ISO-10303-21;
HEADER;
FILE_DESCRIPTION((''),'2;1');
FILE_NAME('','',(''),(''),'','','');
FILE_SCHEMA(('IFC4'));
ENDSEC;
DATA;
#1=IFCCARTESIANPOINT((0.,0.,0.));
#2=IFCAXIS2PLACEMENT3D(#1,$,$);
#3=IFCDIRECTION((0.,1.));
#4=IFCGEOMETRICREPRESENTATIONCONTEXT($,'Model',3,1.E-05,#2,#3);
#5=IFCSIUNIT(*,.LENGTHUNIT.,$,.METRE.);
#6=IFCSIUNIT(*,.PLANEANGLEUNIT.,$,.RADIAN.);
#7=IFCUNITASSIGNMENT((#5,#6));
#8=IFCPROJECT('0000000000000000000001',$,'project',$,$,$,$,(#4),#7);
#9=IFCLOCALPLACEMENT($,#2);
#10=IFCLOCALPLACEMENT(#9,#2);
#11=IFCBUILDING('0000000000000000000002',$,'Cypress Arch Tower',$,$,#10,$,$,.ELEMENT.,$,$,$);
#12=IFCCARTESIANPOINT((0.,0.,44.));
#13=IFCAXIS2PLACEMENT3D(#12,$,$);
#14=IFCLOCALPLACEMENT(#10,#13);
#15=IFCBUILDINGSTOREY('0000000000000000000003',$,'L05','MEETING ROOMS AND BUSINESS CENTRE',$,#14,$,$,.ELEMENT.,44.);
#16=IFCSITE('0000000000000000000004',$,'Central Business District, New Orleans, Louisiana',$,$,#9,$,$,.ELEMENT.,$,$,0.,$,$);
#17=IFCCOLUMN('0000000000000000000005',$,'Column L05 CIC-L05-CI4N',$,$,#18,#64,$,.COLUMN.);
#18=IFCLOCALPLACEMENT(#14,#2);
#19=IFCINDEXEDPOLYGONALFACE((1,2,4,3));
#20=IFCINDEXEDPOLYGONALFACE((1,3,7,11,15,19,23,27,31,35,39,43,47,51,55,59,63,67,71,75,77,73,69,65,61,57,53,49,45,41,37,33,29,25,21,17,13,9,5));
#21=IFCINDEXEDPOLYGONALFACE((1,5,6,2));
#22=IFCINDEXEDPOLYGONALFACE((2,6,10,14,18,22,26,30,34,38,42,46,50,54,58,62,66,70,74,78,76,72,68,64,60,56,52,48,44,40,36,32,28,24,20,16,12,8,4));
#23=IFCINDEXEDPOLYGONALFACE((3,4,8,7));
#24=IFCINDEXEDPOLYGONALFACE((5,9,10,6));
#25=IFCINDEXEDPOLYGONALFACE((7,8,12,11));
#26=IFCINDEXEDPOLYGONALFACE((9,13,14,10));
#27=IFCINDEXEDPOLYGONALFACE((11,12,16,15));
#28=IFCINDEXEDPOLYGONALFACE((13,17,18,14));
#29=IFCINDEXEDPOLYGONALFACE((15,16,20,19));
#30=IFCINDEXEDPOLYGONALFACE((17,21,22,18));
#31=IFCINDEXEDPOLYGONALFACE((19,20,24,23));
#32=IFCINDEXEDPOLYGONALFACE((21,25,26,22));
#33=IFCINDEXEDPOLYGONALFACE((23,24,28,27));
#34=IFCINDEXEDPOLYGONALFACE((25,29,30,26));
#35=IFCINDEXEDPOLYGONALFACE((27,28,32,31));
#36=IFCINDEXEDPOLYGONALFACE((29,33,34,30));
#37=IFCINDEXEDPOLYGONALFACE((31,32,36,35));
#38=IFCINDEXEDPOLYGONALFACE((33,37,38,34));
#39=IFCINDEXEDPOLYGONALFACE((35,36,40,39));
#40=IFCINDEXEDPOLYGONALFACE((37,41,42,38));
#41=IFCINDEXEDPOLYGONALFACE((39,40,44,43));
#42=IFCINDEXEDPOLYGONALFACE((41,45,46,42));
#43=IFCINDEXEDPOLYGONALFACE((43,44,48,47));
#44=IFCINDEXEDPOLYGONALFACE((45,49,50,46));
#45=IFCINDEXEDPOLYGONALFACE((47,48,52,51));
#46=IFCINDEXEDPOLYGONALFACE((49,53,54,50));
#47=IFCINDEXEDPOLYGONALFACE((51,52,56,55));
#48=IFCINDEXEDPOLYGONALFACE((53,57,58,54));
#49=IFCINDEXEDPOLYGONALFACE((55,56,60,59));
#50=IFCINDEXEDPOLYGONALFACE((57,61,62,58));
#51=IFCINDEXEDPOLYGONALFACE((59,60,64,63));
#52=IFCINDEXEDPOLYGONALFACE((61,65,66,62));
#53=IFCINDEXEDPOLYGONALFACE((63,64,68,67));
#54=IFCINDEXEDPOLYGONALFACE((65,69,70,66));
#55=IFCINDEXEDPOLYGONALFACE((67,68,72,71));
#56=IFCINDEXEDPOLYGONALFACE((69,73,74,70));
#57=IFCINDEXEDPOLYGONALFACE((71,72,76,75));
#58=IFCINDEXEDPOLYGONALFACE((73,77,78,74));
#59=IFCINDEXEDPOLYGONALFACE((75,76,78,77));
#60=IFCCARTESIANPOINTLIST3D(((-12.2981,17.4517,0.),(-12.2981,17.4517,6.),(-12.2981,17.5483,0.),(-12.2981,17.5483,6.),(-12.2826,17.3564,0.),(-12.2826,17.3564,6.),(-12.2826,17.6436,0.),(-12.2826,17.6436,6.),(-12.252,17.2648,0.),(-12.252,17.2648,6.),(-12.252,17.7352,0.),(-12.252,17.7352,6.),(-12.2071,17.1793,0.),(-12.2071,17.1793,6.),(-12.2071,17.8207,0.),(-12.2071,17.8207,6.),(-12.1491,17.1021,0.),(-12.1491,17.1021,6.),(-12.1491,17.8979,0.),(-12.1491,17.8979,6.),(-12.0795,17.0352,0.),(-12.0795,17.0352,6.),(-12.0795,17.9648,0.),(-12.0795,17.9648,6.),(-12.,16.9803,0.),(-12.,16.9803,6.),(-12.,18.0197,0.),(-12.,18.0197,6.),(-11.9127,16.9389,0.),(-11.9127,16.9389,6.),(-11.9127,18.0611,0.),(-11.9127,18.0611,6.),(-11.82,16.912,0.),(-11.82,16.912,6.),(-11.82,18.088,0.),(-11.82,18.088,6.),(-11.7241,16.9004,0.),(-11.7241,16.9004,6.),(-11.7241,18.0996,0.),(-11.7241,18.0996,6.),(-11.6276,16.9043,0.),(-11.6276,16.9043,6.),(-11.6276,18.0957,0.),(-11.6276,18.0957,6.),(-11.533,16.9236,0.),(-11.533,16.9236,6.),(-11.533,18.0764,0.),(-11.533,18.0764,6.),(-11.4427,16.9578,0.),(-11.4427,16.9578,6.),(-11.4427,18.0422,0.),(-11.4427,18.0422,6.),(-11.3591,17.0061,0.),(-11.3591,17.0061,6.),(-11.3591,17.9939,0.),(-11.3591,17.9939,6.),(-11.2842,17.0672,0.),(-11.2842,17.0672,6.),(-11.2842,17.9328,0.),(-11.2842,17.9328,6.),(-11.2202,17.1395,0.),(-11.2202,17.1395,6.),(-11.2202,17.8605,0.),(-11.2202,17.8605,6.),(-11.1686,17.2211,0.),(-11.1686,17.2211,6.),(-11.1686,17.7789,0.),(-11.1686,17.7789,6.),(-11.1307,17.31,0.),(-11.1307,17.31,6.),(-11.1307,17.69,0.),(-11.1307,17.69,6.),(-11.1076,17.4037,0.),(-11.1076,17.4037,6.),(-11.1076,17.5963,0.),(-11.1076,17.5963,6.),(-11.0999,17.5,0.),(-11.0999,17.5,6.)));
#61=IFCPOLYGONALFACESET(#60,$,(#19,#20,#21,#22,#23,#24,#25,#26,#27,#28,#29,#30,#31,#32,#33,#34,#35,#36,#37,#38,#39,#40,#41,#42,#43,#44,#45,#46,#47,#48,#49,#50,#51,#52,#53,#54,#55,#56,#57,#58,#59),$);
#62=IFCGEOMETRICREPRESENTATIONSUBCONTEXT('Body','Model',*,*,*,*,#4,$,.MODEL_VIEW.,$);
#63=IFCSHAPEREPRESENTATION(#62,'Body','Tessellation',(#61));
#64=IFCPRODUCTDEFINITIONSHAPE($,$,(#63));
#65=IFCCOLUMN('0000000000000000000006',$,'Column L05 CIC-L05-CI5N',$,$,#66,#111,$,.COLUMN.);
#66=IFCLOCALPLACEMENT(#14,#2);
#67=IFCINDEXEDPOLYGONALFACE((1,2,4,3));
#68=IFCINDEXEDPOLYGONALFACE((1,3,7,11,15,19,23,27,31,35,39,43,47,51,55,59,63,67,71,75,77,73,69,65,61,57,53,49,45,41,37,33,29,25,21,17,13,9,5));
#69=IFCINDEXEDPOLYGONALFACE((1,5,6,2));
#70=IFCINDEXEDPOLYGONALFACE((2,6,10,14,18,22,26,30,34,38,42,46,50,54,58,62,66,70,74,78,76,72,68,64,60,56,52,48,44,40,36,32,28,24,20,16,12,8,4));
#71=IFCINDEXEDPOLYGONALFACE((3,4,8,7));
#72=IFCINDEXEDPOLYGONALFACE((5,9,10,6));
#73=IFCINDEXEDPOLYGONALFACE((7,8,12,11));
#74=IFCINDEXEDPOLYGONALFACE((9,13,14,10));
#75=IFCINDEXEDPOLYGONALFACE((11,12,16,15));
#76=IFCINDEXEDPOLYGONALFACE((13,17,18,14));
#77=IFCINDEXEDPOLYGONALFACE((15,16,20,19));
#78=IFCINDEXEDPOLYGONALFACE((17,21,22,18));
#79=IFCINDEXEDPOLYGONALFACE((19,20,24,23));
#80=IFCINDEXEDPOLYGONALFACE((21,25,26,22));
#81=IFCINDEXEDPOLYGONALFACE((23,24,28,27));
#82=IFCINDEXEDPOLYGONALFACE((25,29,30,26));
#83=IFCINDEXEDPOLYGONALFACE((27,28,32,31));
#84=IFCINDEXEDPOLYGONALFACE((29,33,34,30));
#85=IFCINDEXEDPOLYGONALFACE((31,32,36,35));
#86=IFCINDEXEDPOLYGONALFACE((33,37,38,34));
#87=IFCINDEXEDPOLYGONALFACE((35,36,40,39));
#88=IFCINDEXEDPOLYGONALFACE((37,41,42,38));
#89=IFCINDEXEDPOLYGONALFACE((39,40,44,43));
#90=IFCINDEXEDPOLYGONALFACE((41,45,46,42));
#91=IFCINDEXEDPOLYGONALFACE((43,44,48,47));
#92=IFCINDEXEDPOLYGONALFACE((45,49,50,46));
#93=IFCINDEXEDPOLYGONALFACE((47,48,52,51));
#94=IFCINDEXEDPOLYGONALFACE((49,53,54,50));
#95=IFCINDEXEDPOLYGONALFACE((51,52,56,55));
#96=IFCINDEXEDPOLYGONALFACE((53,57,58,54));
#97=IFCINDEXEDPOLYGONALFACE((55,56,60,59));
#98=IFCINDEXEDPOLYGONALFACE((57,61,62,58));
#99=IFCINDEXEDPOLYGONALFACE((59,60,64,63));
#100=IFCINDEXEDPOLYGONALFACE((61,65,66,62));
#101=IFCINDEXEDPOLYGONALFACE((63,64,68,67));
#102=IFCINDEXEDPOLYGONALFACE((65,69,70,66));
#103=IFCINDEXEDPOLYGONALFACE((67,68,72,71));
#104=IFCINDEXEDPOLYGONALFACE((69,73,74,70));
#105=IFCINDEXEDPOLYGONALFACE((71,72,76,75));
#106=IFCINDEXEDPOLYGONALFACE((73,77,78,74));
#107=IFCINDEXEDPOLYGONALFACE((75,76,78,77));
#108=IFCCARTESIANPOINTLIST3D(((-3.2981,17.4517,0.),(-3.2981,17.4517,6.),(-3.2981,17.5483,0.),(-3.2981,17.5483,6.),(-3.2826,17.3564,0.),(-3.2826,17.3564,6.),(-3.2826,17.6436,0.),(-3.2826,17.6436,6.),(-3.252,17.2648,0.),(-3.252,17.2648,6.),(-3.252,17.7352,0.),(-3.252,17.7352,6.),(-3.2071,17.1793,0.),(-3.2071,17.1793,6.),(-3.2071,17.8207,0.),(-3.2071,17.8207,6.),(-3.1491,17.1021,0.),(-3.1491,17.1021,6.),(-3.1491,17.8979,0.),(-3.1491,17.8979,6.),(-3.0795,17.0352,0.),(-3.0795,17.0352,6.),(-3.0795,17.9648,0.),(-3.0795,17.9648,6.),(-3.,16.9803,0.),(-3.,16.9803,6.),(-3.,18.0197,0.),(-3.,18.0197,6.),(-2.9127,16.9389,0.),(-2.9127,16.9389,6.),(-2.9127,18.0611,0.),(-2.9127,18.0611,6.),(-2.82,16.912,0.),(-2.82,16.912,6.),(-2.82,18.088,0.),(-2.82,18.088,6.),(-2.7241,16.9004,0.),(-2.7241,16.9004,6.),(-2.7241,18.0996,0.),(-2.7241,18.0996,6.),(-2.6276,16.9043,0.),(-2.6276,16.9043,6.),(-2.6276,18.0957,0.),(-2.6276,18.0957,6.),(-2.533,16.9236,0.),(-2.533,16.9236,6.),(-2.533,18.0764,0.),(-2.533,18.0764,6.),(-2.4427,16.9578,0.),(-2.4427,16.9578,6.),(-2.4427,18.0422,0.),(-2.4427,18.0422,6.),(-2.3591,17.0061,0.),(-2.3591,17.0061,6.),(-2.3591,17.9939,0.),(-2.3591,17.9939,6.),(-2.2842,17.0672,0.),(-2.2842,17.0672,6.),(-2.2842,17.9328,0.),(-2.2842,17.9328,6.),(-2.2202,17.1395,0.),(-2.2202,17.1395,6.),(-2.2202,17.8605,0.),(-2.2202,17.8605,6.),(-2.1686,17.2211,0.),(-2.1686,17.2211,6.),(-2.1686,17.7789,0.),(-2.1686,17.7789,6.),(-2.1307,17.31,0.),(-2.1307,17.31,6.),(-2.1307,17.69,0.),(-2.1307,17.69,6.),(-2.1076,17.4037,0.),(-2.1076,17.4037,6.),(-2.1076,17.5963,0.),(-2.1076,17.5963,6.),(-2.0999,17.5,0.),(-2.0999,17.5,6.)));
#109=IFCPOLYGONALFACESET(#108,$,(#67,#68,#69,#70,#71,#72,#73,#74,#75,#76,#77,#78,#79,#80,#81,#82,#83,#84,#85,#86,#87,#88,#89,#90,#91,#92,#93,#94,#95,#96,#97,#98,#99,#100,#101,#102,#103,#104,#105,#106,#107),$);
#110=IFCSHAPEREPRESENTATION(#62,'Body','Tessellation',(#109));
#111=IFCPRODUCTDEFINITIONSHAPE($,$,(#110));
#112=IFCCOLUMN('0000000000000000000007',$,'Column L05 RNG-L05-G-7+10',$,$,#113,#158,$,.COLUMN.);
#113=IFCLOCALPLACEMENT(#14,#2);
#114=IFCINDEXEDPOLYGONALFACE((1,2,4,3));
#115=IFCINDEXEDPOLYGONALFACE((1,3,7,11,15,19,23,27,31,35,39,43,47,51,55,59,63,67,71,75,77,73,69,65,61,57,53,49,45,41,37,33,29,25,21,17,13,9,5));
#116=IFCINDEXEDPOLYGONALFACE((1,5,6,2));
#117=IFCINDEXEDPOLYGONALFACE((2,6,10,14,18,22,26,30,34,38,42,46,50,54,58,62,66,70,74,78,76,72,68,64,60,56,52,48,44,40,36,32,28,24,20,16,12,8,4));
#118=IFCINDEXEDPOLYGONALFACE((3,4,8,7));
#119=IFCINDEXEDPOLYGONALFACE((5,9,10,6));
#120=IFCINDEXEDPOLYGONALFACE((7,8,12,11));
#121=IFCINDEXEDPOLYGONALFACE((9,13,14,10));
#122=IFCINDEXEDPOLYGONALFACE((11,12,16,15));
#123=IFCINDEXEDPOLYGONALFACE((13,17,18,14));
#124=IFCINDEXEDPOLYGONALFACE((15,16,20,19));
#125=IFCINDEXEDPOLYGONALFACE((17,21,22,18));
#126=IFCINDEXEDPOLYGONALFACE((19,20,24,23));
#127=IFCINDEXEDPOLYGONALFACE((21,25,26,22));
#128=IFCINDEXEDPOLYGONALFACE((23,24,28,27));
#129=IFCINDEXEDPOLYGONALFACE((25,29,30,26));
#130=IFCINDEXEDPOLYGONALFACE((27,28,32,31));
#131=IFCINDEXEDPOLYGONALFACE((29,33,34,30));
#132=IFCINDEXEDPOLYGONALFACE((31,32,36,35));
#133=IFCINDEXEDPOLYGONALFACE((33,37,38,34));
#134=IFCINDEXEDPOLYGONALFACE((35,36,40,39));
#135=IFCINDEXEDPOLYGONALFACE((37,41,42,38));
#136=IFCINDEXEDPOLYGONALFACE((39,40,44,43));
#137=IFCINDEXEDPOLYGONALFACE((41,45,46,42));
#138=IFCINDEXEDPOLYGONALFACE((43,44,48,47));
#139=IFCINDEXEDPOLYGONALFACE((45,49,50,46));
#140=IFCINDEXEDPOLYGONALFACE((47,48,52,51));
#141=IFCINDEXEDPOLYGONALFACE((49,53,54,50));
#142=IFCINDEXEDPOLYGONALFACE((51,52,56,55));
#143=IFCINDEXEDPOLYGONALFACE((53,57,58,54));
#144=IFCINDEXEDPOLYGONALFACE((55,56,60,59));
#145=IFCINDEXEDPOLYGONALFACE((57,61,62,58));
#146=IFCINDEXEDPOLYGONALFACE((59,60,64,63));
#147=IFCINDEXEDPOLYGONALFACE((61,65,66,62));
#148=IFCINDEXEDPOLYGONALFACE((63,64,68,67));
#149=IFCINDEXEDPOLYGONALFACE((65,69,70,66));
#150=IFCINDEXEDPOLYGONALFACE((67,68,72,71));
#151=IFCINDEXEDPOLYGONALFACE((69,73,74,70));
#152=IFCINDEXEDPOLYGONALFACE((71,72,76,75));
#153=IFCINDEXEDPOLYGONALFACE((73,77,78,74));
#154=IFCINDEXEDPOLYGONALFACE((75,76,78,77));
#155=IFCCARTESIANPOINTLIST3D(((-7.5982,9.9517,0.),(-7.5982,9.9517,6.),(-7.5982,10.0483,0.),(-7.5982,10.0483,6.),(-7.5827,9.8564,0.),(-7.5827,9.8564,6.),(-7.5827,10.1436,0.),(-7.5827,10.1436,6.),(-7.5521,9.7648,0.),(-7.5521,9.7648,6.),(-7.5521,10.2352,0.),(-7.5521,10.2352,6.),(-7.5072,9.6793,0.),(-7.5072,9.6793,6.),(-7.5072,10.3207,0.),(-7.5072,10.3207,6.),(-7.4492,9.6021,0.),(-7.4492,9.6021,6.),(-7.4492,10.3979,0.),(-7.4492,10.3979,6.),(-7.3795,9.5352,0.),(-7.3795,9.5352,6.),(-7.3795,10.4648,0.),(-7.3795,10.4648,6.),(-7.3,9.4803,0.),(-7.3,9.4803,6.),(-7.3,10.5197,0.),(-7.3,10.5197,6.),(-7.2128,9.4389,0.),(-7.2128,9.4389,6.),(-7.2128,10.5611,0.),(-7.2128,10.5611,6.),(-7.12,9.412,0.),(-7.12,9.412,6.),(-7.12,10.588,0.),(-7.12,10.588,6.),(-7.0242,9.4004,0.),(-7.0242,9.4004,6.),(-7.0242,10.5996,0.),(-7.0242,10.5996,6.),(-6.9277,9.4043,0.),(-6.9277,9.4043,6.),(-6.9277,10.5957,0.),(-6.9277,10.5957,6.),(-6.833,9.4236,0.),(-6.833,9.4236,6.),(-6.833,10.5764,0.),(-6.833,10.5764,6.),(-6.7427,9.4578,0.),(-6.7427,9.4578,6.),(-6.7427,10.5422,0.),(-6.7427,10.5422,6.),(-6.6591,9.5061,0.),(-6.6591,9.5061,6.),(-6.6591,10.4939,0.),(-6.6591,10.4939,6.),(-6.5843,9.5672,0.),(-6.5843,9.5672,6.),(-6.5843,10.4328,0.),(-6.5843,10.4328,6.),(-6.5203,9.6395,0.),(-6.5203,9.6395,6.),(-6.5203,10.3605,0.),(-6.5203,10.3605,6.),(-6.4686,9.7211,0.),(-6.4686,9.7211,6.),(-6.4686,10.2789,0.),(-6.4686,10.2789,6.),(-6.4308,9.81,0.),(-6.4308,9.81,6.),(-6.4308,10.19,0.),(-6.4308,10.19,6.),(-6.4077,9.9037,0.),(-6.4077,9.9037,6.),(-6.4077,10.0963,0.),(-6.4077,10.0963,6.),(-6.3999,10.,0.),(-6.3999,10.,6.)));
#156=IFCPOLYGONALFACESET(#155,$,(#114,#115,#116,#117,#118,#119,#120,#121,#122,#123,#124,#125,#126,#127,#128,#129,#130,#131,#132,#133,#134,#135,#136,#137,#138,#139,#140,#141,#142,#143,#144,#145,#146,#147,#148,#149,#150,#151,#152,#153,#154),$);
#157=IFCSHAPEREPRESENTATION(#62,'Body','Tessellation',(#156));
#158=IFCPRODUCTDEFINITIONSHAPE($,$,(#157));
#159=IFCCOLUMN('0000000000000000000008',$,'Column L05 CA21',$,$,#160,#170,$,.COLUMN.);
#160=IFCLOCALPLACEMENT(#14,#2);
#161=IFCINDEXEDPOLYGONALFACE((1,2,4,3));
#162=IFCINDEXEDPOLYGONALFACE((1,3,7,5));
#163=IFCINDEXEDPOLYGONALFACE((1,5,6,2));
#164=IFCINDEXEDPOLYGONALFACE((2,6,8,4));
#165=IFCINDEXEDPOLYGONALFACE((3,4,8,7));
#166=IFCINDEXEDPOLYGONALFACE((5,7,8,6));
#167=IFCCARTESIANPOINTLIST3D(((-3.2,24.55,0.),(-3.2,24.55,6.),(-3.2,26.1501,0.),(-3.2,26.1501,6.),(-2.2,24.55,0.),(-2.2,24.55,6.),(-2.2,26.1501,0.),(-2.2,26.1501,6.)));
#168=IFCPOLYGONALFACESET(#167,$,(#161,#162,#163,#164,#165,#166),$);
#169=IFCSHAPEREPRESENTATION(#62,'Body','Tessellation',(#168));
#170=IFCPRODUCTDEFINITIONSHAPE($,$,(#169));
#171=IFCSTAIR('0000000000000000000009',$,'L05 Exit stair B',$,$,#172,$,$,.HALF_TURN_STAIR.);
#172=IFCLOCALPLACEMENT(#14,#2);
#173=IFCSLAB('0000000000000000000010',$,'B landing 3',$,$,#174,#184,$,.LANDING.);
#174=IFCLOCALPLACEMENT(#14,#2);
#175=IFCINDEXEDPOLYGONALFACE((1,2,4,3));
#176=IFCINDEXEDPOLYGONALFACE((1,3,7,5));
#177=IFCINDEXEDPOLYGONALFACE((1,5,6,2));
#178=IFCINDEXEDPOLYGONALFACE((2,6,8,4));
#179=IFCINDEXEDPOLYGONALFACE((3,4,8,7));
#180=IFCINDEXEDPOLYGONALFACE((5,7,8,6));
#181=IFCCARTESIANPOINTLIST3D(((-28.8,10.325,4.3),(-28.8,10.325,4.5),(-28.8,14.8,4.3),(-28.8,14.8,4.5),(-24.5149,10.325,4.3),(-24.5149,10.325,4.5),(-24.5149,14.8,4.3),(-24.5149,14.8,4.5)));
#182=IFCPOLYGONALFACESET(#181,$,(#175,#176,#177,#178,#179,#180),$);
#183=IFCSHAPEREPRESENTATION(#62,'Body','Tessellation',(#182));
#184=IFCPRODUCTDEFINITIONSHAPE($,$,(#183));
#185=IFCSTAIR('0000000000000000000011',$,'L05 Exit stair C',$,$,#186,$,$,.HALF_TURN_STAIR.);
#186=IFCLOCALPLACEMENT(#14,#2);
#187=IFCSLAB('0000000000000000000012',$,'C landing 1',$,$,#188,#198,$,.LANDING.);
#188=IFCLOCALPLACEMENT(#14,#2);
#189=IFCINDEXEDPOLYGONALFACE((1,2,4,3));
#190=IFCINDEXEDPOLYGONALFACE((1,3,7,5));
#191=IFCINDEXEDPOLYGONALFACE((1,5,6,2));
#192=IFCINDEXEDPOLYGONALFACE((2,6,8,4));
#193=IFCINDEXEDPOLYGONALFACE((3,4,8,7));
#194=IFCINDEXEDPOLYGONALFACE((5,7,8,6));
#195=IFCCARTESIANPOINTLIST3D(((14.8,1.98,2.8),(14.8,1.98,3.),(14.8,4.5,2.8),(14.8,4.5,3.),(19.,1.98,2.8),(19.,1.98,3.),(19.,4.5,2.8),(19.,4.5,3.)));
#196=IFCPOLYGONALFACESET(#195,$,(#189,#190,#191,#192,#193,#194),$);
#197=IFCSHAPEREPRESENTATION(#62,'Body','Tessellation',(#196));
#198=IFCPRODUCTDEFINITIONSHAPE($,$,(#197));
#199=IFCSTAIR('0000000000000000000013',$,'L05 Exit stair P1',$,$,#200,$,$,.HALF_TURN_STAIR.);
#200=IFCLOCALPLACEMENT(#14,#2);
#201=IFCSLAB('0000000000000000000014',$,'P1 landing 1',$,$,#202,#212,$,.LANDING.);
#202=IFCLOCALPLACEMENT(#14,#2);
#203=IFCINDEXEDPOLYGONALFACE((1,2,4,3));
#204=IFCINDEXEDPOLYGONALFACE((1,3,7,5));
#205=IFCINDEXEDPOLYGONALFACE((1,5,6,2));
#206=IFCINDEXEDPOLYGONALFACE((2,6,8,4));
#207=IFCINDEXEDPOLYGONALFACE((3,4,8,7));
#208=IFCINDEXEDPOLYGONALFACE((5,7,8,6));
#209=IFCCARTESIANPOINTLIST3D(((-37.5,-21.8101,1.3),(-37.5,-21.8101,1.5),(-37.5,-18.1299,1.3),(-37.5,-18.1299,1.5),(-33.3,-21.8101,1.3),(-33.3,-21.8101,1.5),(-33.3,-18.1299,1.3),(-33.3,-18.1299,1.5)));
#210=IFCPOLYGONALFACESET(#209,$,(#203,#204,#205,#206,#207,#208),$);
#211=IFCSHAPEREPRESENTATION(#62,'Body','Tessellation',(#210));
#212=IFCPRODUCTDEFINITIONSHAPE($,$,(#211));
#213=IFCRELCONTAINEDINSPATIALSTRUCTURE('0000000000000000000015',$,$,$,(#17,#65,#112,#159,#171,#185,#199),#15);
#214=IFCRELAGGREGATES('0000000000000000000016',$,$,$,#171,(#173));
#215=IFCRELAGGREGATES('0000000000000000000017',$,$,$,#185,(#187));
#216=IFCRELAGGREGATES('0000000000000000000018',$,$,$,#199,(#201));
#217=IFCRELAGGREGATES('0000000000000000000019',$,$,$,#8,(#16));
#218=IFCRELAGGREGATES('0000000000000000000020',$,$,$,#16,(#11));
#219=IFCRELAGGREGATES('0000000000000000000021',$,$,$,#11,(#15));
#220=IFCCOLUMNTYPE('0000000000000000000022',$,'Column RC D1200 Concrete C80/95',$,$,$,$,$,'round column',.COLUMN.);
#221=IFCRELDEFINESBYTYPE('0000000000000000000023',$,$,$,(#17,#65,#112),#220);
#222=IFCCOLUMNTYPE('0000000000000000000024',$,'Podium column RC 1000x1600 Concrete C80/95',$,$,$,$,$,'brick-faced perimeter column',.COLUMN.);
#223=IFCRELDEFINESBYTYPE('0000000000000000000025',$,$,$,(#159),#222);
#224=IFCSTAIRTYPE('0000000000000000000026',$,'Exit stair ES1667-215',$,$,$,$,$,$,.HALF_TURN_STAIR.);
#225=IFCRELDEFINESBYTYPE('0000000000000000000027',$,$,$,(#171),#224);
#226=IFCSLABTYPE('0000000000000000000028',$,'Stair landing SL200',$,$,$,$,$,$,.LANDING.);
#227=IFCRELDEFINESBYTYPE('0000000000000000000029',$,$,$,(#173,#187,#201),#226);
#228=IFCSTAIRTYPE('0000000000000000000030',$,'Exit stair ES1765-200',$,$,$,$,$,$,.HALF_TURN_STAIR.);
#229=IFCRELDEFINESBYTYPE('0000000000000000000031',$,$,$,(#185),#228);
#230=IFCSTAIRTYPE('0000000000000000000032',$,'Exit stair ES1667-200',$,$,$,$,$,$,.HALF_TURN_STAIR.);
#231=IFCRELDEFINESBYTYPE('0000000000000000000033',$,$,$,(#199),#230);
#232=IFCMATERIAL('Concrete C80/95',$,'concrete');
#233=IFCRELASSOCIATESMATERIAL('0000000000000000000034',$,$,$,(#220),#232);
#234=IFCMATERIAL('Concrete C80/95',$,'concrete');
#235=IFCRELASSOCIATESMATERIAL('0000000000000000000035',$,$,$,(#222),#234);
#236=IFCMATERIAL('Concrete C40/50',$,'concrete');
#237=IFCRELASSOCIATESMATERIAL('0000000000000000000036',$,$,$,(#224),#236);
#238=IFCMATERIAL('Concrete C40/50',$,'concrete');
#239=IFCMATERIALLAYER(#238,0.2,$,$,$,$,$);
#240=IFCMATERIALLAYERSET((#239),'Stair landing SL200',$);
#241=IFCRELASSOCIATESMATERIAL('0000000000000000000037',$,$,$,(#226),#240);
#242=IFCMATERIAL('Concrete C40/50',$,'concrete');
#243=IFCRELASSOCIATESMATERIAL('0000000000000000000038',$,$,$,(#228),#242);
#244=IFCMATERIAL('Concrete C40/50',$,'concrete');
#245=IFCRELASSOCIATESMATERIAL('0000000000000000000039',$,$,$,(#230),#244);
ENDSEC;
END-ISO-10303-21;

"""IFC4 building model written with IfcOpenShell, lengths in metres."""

from ifc_helpers import new_model, si_unit, direction, frame, origin, origin_2d, place, context, subcontext, project, spatial, polyline, rectangle, circle, outline, extrude, material, layer, layer_set, material_profile, profile_set, type_object, element, aggregate, save


model = new_model("IFC4")

# Units and contexts
model_context = context("Model", 3, precision=1e-05, world=origin(), true_north=direction((0.0, 1.0)))
body_context = subcontext(model_context, "Body", "Model", "MODEL_VIEW")
ifc_project = project(units=[si_unit("LENGTHUNIT", "METRE"), si_unit("PLANEANGLEUNIT", "RADIAN")], contexts=[model_context])

# Site, building, storey
site_placement = place(None, origin())
site = spatial("IfcSite", under=ifc_project, at=site_placement, Name="Central Business District, New Orleans, Louisiana", CompositionType="ELEMENT", RefElevation=0.0)
building_placement = place(site_placement, origin())
building = spatial("IfcBuilding", under=site, at=building_placement, Name="Cypress Arch Tower", CompositionType="ELEMENT")
storey_placement = place(building_placement, frame((0.0, 0.0, 44.0)))
storey = spatial("IfcBuildingStorey", under=building, at=storey_placement, Name="L05", Description="MEETING ROOMS AND BUSINESS CENTRE", CompositionType="ELEMENT", Elevation=44.0)

# Columns
ifc_material_1 = material(Name="Concrete C80/95", Category="concrete")
ifc_material_profile_1 = material_profile(ifc_material_1, circle(Radius=0.6001, at=origin_2d()), Name="RC D1200")
ifc_profile_set_1 = profile_set([ifc_material_profile_1], Name="Concrete C80/95")
column_type_1 = type_object("IfcColumnType", Name="Column RC D1200 Concrete C80/95", ElementType="round column", PredefinedType="COLUMN", material=ifc_profile_set_1)
for number, where, z_axis, x_axis, name in (
    (1, (-11.7, 17.5, 0.0), (0.0, 0.0, 1.0), (1.0, 0.0, 0.0), "Column L05 CIC-L05-CI4N"),
    (2, (-2.7, 17.5, 0.0), (0.0, 0.0, 1.0), (1.0, 0.0, 0.0), "Column L05 CIC-L05-CI5N"),
    (3, (-7.0, 10.0, 0.0), (0.0, 0.0, 1.0), (1.0, 0.0, 0.0), "Column L05 RNG-L05-G-7+10"),
):
    element("IfcColumn", number, at=place(storey_placement, frame(where, z_axis=z_axis, x_axis=x_axis)), inside=storey, type_object=column_type_1, Name=name, PredefinedType="COLUMN", context=body_context, shape_type="SweptSolid", body=[
        extrude(circle(Radius=0.6001, at=origin_2d()), origin(), (0.0, 0.0, 1.0), 6.0),
    ])
ifc_material_2 = material(Name="Concrete C80/95", Category="concrete")
ifc_material_profile_2 = material_profile(ifc_material_2, rectangle(XDim=1.0, YDim=1.6001, at=origin_2d()), Name="RC 1000x1600")
ifc_profile_set_2 = profile_set([ifc_material_profile_2], Name="Concrete C80/95")
column_type_2 = type_object("IfcColumnType", Name="Podium column RC 1000x1600 Concrete C80/95", ElementType="brick-faced perimeter column", PredefinedType="COLUMN", material=ifc_profile_set_2)
column_placement = place(storey_placement, frame((-2.7, 25.3501, 0.0), z_axis=(0.0, 0.0, 1.0), x_axis=(-1.0, 0.0, 0.0)))
element("IfcColumn", 4, at=column_placement, inside=storey, type_object=column_type_2, Name="Column L05 CA21", PredefinedType="COLUMN", context=body_context, shape_type="SweptSolid", body=[
    extrude(rectangle(XDim=1.0, YDim=1.6001, at=origin_2d()), origin(), (0.0, 0.0, 1.0), 6.0),
])

# Stairs, slabs
ifc_material_3 = material(Name="Concrete C40/50", Category="concrete")
stair_type_1 = type_object("IfcStairType", Name="Exit stair ES1667-215", PredefinedType="HALF_TURN_STAIR", material=ifc_material_3)
stair_1_placement = place(storey_placement, origin())
stair_1 = element("IfcStair", 5, at=stair_1_placement, inside=storey, type_object=stair_type_1, Name="L05 Exit stair B", PredefinedType="HALF_TURN_STAIR")
ifc_material_4 = material(Name="Concrete C40/50", Category="concrete")
ifc_layer_1 = layer(ifc_material_4, 0.2)
ifc_layer_set_1 = layer_set([ifc_layer_1], Name="Stair landing SL200")
slab_type = type_object("IfcSlabType", Name="Stair landing SL200", PredefinedType="LANDING", material=ifc_layer_set_1)
slab_1_placement = place(storey_placement, frame((0.0, 0.0, 4.3)))
slab_1 = element("IfcSlab", 6, at=slab_1_placement, type_object=slab_type, Name="B landing 3", PredefinedType="LANDING", context=body_context, shape_type="SweptSolid", body=[
    extrude(outline(polyline([(-24.5149, 14.8), (-28.8, 14.8), (-28.8, 10.325), (-24.5149, 10.325), (-24.5149, 14.8)])), origin(), (0.0, 0.0, 1.0), 0.2),
])
aggregate(stair_1, [slab_1])
ifc_material_5 = material(Name="Concrete C40/50", Category="concrete")
stair_type_2 = type_object("IfcStairType", Name="Exit stair ES1765-200", PredefinedType="HALF_TURN_STAIR", material=ifc_material_5)
stair_2_placement = place(storey_placement, origin())
stair_2 = element("IfcStair", 7, at=stair_2_placement, inside=storey, type_object=stair_type_2, Name="L05 Exit stair C", PredefinedType="HALF_TURN_STAIR")
slab_2_placement = place(storey_placement, frame((0.0, 0.0, 2.8)))
slab_2 = element("IfcSlab", 8, at=slab_2_placement, type_object=slab_type, Name="C landing 1", PredefinedType="LANDING", context=body_context, shape_type="SweptSolid", body=[
    extrude(outline(polyline([(19.0, 1.98), (19.0, 4.5), (14.8, 4.5), (14.8, 1.98), (19.0, 1.98)])), origin(), (0.0, 0.0, 1.0), 0.2),
])
aggregate(stair_2, [slab_2])

# Stair, slab
ifc_material_6 = material(Name="Concrete C40/50", Category="concrete")
stair_type_3 = type_object("IfcStairType", Name="Exit stair ES1667-200", PredefinedType="HALF_TURN_STAIR", material=ifc_material_6)
stair_3_placement = place(storey_placement, origin())
stair_3 = element("IfcStair", 9, at=stair_3_placement, inside=storey, type_object=stair_type_3, Name="L05 Exit stair P1", PredefinedType="HALF_TURN_STAIR")
slab_3_placement = place(storey_placement, frame((0.0, 0.0, 1.3)))
slab_3 = element("IfcSlab", 10, at=slab_3_placement, type_object=slab_type, Name="P1 landing 1", PredefinedType="LANDING", context=body_context, shape_type="SweptSolid", body=[
    extrude(outline(polyline([(-33.3, -21.8101), (-33.3, -18.1299), (-37.5, -18.1299), (-37.5, -21.8101), (-33.3, -21.8101)])), origin(), (0.0, 0.0, 1.0), 0.2),
])
aggregate(stair_3, [slab_3])

save(model, "model.ifc")
